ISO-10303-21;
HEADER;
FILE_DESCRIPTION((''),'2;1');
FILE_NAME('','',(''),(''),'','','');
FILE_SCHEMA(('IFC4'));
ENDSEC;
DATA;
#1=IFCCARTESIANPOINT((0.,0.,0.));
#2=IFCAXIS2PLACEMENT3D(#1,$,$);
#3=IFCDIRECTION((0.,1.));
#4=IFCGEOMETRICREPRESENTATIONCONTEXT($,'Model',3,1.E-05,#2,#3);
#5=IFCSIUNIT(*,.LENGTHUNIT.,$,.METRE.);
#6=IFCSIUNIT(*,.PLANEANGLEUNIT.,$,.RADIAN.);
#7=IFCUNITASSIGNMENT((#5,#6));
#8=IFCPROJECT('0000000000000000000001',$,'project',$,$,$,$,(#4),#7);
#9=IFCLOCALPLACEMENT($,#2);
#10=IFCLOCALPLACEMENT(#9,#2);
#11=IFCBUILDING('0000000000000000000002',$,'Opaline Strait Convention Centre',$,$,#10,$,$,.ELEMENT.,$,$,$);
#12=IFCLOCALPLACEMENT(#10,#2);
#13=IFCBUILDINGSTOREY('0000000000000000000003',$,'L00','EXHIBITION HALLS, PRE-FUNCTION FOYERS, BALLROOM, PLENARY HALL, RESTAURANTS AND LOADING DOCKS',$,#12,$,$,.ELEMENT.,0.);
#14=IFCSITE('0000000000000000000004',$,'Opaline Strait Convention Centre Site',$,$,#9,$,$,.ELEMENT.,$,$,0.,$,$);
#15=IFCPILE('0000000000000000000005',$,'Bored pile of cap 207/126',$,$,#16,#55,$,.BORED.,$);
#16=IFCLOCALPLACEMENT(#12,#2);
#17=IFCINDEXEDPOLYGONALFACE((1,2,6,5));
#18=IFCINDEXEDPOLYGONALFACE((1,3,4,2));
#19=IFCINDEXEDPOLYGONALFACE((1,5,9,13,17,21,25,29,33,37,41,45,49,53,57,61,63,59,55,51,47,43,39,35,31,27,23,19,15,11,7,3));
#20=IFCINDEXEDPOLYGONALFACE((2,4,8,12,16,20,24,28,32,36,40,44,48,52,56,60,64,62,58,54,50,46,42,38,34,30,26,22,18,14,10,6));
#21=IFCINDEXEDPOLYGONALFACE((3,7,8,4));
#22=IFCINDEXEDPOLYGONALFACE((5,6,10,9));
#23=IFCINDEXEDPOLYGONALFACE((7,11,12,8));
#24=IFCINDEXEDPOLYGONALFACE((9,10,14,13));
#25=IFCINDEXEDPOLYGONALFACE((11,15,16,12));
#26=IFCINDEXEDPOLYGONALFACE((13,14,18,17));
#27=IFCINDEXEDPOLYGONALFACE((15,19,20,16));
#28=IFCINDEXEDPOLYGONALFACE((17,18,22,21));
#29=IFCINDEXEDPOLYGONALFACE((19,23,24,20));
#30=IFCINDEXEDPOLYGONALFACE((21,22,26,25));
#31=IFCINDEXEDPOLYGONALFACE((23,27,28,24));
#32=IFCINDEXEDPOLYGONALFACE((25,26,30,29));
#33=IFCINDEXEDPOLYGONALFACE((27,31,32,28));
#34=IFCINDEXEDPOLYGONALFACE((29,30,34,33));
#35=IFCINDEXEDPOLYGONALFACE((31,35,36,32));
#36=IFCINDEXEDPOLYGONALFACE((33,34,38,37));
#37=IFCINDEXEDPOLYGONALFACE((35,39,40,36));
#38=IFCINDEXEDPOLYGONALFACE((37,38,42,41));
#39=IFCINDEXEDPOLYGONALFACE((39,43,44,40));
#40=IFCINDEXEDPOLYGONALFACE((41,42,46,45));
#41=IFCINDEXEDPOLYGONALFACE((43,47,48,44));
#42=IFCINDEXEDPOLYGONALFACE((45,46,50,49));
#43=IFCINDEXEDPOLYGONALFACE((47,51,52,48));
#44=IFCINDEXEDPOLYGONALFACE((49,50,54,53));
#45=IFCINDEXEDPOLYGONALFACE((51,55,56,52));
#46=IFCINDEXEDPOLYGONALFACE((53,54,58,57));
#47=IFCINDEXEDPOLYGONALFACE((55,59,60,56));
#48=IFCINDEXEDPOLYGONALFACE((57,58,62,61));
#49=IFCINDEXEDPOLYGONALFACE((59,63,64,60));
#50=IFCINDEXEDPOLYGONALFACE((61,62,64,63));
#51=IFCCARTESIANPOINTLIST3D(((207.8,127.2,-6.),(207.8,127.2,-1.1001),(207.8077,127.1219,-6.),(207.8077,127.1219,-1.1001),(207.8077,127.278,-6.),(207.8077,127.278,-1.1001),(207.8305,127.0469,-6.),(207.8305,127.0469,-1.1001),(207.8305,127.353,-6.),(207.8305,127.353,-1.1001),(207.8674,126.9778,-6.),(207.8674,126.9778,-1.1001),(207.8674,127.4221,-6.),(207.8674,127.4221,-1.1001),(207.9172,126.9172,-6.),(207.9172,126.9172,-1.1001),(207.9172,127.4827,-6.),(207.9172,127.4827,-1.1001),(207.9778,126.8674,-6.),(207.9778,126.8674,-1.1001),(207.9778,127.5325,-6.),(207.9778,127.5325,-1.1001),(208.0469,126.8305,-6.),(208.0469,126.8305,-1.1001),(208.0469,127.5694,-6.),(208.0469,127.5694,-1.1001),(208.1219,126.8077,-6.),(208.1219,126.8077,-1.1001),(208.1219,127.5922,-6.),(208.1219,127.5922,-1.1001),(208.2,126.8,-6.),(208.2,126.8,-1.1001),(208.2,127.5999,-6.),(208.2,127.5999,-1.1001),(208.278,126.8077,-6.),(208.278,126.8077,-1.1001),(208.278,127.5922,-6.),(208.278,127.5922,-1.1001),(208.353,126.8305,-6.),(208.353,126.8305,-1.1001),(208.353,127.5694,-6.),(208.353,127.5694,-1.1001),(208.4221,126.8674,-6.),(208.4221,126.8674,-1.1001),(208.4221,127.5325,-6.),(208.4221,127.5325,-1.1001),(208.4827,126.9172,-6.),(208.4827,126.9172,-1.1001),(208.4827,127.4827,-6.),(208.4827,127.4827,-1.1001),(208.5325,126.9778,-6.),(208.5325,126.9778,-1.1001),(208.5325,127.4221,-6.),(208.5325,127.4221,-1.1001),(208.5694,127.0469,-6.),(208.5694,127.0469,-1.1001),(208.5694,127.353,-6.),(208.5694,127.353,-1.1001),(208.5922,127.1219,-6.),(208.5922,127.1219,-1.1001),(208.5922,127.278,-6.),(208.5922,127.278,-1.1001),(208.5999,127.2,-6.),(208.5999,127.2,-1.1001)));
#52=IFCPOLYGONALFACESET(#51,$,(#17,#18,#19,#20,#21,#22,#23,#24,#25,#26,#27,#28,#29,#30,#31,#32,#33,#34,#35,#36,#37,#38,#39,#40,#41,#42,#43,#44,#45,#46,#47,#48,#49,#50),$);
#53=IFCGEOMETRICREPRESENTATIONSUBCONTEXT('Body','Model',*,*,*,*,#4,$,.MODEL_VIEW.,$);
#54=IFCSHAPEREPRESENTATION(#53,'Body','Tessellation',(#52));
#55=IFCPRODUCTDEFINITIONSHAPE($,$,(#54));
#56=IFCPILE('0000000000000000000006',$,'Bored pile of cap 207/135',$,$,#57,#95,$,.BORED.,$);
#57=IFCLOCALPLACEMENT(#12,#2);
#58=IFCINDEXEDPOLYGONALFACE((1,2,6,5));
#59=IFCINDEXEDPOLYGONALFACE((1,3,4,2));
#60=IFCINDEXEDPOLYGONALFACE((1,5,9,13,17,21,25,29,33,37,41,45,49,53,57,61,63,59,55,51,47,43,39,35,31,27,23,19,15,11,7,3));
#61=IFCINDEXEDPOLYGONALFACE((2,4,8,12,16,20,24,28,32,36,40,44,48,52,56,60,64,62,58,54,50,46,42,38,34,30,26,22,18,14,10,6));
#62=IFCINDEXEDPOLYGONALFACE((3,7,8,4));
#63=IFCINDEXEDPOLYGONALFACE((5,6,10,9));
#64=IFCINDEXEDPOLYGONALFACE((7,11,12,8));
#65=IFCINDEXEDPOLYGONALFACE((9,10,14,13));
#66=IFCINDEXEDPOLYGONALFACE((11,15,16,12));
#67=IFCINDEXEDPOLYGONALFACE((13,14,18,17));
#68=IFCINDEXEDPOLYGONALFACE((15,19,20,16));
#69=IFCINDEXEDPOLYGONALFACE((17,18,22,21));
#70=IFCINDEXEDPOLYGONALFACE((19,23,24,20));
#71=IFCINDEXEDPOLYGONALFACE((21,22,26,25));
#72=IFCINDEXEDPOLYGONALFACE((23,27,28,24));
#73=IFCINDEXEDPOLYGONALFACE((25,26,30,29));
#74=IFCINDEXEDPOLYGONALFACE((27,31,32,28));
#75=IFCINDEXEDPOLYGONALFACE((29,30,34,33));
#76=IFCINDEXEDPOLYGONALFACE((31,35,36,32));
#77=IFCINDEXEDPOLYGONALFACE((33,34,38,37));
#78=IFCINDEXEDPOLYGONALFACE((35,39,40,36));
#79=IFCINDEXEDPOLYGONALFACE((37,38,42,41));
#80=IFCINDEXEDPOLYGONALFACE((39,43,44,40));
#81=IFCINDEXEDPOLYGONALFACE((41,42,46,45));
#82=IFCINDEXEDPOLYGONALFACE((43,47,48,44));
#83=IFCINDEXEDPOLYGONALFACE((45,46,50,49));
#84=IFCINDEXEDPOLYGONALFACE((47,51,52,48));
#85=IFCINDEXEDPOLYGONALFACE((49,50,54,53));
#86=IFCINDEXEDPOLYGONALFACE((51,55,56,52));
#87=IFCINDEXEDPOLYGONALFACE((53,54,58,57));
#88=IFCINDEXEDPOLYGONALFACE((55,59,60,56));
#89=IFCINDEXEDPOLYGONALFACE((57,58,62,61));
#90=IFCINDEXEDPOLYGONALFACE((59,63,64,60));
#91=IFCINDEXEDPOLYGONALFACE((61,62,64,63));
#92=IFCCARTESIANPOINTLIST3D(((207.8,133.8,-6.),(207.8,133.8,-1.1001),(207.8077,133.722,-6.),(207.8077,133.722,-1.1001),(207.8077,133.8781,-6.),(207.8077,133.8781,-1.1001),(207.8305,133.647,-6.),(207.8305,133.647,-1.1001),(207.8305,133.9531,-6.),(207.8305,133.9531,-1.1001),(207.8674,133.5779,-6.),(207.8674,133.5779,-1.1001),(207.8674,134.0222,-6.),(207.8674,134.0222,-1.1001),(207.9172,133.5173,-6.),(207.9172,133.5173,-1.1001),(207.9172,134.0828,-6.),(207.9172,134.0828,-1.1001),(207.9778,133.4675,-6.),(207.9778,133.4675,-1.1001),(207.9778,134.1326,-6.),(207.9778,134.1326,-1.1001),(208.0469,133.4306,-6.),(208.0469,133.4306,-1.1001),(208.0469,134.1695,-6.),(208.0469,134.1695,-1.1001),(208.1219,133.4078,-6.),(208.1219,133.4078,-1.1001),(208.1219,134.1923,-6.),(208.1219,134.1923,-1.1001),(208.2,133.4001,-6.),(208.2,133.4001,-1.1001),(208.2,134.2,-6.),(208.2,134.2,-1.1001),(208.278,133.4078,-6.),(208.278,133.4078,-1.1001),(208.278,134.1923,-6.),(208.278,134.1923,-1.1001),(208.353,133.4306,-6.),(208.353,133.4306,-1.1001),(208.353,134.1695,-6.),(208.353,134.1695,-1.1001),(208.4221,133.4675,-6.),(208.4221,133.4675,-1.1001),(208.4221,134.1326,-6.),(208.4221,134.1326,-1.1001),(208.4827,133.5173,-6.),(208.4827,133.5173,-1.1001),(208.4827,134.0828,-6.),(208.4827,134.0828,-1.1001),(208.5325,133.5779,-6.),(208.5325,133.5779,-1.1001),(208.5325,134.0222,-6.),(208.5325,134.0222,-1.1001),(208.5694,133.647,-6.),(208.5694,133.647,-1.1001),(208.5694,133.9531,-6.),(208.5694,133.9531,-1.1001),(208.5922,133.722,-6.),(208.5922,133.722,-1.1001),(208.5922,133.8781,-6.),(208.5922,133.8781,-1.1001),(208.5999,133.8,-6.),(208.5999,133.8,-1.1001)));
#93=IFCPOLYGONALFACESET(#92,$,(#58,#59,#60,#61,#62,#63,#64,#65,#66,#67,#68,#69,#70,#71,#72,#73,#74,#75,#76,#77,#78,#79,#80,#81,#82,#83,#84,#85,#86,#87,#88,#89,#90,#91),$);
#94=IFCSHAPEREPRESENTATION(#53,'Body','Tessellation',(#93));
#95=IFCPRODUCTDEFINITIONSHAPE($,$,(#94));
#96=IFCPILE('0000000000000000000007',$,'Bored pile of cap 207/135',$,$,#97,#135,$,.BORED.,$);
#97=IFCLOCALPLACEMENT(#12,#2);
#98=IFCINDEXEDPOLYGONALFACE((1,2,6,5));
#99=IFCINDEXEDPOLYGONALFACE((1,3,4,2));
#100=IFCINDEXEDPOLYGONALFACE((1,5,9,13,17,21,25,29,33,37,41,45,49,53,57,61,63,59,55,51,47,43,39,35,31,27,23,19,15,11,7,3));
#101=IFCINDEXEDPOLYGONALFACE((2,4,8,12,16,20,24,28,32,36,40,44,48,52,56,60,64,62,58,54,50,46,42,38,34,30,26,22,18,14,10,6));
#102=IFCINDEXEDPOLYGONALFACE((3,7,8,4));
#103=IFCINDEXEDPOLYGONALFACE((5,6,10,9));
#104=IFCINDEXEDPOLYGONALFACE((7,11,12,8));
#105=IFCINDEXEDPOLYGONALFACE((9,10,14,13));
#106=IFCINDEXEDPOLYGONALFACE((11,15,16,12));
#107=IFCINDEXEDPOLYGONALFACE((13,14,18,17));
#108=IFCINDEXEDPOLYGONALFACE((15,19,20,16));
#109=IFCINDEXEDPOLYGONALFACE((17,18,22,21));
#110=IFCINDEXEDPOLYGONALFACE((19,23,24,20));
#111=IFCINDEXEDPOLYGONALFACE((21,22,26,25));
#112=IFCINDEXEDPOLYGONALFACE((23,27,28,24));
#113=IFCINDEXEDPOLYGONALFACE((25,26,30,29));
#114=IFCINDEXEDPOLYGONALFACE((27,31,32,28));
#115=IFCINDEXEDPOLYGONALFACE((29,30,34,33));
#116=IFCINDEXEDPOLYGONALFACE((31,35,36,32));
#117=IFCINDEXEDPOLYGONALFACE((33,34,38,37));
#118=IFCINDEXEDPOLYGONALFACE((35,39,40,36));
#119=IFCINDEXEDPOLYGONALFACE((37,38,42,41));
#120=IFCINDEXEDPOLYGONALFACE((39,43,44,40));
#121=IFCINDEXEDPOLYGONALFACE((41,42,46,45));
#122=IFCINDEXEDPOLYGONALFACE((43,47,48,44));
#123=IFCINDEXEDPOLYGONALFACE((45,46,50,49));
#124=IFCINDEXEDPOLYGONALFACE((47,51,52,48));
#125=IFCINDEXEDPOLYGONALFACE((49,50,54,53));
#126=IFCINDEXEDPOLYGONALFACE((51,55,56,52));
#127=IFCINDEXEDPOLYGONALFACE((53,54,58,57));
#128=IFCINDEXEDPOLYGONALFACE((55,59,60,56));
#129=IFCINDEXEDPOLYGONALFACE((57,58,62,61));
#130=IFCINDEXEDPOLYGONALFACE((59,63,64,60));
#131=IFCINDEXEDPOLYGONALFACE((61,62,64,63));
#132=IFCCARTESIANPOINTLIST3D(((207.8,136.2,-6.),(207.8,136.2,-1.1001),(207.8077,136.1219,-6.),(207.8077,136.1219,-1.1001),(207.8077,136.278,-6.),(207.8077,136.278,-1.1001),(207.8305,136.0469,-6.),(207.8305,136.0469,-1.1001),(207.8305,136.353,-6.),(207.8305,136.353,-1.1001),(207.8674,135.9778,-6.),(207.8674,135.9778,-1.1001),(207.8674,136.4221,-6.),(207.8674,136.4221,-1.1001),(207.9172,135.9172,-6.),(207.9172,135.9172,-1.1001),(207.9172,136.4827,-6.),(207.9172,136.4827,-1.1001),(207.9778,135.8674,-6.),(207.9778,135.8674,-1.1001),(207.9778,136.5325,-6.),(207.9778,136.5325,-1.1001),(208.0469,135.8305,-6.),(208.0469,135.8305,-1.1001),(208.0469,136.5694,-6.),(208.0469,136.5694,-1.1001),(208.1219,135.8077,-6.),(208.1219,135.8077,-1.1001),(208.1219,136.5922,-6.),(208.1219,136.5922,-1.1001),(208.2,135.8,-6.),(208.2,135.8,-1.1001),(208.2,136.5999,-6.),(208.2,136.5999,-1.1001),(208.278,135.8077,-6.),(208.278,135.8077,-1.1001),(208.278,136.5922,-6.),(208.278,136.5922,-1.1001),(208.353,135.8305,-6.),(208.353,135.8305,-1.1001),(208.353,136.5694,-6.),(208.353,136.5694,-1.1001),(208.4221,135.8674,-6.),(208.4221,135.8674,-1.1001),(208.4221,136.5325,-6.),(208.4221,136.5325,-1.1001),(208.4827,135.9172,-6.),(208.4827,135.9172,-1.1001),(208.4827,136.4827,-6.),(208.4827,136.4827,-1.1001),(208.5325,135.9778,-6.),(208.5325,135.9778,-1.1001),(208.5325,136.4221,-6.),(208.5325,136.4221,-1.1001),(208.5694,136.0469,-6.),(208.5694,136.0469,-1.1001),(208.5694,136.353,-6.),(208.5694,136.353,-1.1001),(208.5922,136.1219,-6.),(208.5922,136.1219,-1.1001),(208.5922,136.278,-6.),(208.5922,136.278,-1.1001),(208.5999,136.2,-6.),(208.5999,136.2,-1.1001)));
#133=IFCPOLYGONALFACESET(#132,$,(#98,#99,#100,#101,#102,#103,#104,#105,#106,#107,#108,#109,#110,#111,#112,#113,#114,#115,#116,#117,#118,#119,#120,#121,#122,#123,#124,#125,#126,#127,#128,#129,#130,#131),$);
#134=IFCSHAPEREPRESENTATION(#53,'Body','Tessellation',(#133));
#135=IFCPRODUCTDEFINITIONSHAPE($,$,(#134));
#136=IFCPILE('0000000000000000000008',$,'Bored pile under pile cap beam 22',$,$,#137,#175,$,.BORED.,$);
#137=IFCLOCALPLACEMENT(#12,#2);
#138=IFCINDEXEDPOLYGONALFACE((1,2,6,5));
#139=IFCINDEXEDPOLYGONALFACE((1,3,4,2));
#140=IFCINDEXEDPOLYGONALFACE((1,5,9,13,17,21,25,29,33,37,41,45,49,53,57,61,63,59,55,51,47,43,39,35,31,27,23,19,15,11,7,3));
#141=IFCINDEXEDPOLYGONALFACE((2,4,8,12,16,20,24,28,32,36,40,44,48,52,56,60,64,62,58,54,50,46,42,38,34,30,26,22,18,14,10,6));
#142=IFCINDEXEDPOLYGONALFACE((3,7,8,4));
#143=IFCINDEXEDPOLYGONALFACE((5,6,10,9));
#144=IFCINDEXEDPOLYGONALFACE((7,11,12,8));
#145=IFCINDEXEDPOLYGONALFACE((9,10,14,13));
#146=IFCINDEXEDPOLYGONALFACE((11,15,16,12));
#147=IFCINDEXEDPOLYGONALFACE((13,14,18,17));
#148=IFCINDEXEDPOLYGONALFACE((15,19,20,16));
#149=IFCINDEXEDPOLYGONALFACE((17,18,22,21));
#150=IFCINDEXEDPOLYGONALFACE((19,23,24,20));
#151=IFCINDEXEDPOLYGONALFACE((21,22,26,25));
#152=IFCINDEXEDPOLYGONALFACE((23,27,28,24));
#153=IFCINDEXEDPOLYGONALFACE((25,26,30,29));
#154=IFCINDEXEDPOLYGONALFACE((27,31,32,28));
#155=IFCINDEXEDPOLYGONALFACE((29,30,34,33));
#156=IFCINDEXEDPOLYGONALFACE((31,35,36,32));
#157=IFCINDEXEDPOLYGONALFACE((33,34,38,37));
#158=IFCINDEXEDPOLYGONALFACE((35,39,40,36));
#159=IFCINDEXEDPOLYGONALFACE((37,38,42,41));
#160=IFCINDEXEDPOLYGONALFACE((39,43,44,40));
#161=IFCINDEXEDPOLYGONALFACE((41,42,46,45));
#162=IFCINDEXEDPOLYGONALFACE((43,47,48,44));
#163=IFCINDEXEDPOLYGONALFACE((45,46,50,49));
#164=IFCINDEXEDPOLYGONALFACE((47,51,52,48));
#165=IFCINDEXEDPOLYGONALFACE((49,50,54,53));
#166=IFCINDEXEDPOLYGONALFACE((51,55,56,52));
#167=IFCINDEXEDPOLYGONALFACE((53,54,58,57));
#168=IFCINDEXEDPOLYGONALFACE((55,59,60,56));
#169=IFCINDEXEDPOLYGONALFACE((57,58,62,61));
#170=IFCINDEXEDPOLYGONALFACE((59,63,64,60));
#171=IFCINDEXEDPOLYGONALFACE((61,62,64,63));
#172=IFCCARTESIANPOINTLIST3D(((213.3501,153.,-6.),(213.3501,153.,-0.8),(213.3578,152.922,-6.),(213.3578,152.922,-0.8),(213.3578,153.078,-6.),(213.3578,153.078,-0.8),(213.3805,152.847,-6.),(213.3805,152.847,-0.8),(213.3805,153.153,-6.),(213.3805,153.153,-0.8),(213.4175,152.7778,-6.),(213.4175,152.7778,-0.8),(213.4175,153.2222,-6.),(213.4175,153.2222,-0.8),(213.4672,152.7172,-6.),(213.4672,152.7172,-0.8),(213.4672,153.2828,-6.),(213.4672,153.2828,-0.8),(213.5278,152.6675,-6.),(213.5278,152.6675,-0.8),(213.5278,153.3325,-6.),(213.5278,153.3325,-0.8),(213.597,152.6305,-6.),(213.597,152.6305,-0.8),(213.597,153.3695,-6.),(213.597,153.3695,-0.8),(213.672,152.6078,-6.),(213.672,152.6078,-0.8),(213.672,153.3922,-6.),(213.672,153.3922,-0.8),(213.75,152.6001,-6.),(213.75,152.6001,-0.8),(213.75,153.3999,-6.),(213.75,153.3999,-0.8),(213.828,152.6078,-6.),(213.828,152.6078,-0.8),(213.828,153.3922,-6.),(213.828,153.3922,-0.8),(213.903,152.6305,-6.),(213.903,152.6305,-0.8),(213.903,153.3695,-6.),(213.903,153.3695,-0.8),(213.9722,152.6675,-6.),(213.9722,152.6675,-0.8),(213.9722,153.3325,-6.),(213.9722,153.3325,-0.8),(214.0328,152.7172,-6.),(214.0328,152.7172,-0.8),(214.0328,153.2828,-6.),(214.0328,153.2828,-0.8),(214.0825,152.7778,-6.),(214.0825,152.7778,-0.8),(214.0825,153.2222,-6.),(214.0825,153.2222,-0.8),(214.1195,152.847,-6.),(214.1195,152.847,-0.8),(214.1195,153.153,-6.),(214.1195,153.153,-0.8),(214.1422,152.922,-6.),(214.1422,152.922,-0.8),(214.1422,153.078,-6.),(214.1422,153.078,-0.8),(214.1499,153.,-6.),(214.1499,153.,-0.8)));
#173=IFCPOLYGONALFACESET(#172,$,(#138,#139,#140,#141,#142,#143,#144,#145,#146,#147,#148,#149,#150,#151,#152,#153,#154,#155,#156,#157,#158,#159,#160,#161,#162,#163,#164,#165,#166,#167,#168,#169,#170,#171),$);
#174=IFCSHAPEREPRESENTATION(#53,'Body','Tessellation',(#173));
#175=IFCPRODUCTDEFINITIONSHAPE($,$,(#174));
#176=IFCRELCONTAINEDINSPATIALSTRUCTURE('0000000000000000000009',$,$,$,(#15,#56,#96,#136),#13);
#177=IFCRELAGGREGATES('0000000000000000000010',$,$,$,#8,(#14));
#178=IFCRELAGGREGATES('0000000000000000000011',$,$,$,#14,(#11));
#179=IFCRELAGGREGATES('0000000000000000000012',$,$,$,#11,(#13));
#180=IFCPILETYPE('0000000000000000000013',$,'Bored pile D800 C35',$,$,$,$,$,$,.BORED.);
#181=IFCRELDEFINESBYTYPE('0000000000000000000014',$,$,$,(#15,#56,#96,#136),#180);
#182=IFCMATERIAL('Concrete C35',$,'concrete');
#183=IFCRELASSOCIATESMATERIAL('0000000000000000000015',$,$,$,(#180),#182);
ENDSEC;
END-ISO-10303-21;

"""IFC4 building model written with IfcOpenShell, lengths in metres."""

from ifc_helpers import new_model, si_unit, direction, frame, origin, origin_2d, place, context, subcontext, project, spatial, circle, extrude, material, material_profile, profile_set, type_object, element, save


model = new_model("IFC4")

# Units and contexts
model_context = context("Model", 3, precision=1e-05, world=origin(), true_north=direction((0.0, 1.0)))
body_context = subcontext(model_context, "Body", "Model", "MODEL_VIEW")
ifc_project = project(units=[si_unit("LENGTHUNIT", "METRE"), si_unit("PLANEANGLEUNIT", "RADIAN")], contexts=[model_context])

# Site, building, storey
site_placement = place(None, origin())
site = spatial("IfcSite", under=ifc_project, at=site_placement, Name="Opaline Strait Convention Centre Site", CompositionType="ELEMENT", RefElevation=0.0)
building_placement = place(site_placement, origin())
building = spatial("IfcBuilding", under=site, at=building_placement, Name="Opaline Strait Convention Centre", CompositionType="ELEMENT")
storey_placement = place(building_placement, origin())
storey = spatial("IfcBuildingStorey", under=building, at=storey_placement, Name="L00", Description="EXHIBITION HALLS, PRE-FUNCTION FOYERS, BALLROOM, PLENARY HALL, RESTAURANTS AND LOADING DOCKS", CompositionType="ELEMENT", Elevation=0.0)

# Piles
ifc_material_1 = material(Name="Concrete C35", Category="concrete")
ifc_material_profile_1 = material_profile(ifc_material_1, circle(Radius=0.3999, at=origin_2d()), Name="D800")
ifc_profile_set_1 = profile_set([ifc_material_profile_1], Name="Concrete C35")
pile_type_1 = type_object("IfcPileType", Name="Bored pile D800 C35", PredefinedType="BORED", material=ifc_profile_set_1)
for number, where, z_axis, x_axis, name in (
    (1, (208.2, 127.2, -1.1001), (0.0, 0.0, -1.0), (1.0, 0.0, 0.0), "Bored pile of cap 207/126"),
    (2, (208.2, 133.8, -1.1001), (0.0, 0.0, -1.0), (1.0, 0.0, 0.0), "Bored pile of cap 207/135"),
    (3, (208.2, 136.2, -1.1001), (0.0, 0.0, -1.0), (1.0, 0.0, 0.0), "Bored pile of cap 207/135"),
):
    element("IfcPile", number, at=place(storey_placement, frame(where, z_axis=z_axis, x_axis=x_axis)), inside=storey, type_object=pile_type_1, Name=name, PredefinedType="BORED", context=body_context, shape_type="SweptSolid", body=[
        extrude(circle(Radius=0.3999, at=origin_2d()), origin(), (0.0, 0.0, 1.0), 4.8999),
    ])
for number, where, z_axis, x_axis, name in (
    (4, (213.75, 153.0, -0.8), (0.0, 0.0, -1.0), (1.0, 0.0, 0.0), "Bored pile under pile cap beam 22"),
):
    element("IfcPile", number, at=place(storey_placement, frame(where, z_axis=z_axis, x_axis=x_axis)), inside=storey, type_object=pile_type_1, Name=name, PredefinedType="BORED", context=body_context, shape_type="SweptSolid", body=[
        extrude(circle(Radius=0.3999, at=origin_2d()), origin(), (0.0, 0.0, 1.0), 5.2),
    ])

save(model, "model.ifc")
